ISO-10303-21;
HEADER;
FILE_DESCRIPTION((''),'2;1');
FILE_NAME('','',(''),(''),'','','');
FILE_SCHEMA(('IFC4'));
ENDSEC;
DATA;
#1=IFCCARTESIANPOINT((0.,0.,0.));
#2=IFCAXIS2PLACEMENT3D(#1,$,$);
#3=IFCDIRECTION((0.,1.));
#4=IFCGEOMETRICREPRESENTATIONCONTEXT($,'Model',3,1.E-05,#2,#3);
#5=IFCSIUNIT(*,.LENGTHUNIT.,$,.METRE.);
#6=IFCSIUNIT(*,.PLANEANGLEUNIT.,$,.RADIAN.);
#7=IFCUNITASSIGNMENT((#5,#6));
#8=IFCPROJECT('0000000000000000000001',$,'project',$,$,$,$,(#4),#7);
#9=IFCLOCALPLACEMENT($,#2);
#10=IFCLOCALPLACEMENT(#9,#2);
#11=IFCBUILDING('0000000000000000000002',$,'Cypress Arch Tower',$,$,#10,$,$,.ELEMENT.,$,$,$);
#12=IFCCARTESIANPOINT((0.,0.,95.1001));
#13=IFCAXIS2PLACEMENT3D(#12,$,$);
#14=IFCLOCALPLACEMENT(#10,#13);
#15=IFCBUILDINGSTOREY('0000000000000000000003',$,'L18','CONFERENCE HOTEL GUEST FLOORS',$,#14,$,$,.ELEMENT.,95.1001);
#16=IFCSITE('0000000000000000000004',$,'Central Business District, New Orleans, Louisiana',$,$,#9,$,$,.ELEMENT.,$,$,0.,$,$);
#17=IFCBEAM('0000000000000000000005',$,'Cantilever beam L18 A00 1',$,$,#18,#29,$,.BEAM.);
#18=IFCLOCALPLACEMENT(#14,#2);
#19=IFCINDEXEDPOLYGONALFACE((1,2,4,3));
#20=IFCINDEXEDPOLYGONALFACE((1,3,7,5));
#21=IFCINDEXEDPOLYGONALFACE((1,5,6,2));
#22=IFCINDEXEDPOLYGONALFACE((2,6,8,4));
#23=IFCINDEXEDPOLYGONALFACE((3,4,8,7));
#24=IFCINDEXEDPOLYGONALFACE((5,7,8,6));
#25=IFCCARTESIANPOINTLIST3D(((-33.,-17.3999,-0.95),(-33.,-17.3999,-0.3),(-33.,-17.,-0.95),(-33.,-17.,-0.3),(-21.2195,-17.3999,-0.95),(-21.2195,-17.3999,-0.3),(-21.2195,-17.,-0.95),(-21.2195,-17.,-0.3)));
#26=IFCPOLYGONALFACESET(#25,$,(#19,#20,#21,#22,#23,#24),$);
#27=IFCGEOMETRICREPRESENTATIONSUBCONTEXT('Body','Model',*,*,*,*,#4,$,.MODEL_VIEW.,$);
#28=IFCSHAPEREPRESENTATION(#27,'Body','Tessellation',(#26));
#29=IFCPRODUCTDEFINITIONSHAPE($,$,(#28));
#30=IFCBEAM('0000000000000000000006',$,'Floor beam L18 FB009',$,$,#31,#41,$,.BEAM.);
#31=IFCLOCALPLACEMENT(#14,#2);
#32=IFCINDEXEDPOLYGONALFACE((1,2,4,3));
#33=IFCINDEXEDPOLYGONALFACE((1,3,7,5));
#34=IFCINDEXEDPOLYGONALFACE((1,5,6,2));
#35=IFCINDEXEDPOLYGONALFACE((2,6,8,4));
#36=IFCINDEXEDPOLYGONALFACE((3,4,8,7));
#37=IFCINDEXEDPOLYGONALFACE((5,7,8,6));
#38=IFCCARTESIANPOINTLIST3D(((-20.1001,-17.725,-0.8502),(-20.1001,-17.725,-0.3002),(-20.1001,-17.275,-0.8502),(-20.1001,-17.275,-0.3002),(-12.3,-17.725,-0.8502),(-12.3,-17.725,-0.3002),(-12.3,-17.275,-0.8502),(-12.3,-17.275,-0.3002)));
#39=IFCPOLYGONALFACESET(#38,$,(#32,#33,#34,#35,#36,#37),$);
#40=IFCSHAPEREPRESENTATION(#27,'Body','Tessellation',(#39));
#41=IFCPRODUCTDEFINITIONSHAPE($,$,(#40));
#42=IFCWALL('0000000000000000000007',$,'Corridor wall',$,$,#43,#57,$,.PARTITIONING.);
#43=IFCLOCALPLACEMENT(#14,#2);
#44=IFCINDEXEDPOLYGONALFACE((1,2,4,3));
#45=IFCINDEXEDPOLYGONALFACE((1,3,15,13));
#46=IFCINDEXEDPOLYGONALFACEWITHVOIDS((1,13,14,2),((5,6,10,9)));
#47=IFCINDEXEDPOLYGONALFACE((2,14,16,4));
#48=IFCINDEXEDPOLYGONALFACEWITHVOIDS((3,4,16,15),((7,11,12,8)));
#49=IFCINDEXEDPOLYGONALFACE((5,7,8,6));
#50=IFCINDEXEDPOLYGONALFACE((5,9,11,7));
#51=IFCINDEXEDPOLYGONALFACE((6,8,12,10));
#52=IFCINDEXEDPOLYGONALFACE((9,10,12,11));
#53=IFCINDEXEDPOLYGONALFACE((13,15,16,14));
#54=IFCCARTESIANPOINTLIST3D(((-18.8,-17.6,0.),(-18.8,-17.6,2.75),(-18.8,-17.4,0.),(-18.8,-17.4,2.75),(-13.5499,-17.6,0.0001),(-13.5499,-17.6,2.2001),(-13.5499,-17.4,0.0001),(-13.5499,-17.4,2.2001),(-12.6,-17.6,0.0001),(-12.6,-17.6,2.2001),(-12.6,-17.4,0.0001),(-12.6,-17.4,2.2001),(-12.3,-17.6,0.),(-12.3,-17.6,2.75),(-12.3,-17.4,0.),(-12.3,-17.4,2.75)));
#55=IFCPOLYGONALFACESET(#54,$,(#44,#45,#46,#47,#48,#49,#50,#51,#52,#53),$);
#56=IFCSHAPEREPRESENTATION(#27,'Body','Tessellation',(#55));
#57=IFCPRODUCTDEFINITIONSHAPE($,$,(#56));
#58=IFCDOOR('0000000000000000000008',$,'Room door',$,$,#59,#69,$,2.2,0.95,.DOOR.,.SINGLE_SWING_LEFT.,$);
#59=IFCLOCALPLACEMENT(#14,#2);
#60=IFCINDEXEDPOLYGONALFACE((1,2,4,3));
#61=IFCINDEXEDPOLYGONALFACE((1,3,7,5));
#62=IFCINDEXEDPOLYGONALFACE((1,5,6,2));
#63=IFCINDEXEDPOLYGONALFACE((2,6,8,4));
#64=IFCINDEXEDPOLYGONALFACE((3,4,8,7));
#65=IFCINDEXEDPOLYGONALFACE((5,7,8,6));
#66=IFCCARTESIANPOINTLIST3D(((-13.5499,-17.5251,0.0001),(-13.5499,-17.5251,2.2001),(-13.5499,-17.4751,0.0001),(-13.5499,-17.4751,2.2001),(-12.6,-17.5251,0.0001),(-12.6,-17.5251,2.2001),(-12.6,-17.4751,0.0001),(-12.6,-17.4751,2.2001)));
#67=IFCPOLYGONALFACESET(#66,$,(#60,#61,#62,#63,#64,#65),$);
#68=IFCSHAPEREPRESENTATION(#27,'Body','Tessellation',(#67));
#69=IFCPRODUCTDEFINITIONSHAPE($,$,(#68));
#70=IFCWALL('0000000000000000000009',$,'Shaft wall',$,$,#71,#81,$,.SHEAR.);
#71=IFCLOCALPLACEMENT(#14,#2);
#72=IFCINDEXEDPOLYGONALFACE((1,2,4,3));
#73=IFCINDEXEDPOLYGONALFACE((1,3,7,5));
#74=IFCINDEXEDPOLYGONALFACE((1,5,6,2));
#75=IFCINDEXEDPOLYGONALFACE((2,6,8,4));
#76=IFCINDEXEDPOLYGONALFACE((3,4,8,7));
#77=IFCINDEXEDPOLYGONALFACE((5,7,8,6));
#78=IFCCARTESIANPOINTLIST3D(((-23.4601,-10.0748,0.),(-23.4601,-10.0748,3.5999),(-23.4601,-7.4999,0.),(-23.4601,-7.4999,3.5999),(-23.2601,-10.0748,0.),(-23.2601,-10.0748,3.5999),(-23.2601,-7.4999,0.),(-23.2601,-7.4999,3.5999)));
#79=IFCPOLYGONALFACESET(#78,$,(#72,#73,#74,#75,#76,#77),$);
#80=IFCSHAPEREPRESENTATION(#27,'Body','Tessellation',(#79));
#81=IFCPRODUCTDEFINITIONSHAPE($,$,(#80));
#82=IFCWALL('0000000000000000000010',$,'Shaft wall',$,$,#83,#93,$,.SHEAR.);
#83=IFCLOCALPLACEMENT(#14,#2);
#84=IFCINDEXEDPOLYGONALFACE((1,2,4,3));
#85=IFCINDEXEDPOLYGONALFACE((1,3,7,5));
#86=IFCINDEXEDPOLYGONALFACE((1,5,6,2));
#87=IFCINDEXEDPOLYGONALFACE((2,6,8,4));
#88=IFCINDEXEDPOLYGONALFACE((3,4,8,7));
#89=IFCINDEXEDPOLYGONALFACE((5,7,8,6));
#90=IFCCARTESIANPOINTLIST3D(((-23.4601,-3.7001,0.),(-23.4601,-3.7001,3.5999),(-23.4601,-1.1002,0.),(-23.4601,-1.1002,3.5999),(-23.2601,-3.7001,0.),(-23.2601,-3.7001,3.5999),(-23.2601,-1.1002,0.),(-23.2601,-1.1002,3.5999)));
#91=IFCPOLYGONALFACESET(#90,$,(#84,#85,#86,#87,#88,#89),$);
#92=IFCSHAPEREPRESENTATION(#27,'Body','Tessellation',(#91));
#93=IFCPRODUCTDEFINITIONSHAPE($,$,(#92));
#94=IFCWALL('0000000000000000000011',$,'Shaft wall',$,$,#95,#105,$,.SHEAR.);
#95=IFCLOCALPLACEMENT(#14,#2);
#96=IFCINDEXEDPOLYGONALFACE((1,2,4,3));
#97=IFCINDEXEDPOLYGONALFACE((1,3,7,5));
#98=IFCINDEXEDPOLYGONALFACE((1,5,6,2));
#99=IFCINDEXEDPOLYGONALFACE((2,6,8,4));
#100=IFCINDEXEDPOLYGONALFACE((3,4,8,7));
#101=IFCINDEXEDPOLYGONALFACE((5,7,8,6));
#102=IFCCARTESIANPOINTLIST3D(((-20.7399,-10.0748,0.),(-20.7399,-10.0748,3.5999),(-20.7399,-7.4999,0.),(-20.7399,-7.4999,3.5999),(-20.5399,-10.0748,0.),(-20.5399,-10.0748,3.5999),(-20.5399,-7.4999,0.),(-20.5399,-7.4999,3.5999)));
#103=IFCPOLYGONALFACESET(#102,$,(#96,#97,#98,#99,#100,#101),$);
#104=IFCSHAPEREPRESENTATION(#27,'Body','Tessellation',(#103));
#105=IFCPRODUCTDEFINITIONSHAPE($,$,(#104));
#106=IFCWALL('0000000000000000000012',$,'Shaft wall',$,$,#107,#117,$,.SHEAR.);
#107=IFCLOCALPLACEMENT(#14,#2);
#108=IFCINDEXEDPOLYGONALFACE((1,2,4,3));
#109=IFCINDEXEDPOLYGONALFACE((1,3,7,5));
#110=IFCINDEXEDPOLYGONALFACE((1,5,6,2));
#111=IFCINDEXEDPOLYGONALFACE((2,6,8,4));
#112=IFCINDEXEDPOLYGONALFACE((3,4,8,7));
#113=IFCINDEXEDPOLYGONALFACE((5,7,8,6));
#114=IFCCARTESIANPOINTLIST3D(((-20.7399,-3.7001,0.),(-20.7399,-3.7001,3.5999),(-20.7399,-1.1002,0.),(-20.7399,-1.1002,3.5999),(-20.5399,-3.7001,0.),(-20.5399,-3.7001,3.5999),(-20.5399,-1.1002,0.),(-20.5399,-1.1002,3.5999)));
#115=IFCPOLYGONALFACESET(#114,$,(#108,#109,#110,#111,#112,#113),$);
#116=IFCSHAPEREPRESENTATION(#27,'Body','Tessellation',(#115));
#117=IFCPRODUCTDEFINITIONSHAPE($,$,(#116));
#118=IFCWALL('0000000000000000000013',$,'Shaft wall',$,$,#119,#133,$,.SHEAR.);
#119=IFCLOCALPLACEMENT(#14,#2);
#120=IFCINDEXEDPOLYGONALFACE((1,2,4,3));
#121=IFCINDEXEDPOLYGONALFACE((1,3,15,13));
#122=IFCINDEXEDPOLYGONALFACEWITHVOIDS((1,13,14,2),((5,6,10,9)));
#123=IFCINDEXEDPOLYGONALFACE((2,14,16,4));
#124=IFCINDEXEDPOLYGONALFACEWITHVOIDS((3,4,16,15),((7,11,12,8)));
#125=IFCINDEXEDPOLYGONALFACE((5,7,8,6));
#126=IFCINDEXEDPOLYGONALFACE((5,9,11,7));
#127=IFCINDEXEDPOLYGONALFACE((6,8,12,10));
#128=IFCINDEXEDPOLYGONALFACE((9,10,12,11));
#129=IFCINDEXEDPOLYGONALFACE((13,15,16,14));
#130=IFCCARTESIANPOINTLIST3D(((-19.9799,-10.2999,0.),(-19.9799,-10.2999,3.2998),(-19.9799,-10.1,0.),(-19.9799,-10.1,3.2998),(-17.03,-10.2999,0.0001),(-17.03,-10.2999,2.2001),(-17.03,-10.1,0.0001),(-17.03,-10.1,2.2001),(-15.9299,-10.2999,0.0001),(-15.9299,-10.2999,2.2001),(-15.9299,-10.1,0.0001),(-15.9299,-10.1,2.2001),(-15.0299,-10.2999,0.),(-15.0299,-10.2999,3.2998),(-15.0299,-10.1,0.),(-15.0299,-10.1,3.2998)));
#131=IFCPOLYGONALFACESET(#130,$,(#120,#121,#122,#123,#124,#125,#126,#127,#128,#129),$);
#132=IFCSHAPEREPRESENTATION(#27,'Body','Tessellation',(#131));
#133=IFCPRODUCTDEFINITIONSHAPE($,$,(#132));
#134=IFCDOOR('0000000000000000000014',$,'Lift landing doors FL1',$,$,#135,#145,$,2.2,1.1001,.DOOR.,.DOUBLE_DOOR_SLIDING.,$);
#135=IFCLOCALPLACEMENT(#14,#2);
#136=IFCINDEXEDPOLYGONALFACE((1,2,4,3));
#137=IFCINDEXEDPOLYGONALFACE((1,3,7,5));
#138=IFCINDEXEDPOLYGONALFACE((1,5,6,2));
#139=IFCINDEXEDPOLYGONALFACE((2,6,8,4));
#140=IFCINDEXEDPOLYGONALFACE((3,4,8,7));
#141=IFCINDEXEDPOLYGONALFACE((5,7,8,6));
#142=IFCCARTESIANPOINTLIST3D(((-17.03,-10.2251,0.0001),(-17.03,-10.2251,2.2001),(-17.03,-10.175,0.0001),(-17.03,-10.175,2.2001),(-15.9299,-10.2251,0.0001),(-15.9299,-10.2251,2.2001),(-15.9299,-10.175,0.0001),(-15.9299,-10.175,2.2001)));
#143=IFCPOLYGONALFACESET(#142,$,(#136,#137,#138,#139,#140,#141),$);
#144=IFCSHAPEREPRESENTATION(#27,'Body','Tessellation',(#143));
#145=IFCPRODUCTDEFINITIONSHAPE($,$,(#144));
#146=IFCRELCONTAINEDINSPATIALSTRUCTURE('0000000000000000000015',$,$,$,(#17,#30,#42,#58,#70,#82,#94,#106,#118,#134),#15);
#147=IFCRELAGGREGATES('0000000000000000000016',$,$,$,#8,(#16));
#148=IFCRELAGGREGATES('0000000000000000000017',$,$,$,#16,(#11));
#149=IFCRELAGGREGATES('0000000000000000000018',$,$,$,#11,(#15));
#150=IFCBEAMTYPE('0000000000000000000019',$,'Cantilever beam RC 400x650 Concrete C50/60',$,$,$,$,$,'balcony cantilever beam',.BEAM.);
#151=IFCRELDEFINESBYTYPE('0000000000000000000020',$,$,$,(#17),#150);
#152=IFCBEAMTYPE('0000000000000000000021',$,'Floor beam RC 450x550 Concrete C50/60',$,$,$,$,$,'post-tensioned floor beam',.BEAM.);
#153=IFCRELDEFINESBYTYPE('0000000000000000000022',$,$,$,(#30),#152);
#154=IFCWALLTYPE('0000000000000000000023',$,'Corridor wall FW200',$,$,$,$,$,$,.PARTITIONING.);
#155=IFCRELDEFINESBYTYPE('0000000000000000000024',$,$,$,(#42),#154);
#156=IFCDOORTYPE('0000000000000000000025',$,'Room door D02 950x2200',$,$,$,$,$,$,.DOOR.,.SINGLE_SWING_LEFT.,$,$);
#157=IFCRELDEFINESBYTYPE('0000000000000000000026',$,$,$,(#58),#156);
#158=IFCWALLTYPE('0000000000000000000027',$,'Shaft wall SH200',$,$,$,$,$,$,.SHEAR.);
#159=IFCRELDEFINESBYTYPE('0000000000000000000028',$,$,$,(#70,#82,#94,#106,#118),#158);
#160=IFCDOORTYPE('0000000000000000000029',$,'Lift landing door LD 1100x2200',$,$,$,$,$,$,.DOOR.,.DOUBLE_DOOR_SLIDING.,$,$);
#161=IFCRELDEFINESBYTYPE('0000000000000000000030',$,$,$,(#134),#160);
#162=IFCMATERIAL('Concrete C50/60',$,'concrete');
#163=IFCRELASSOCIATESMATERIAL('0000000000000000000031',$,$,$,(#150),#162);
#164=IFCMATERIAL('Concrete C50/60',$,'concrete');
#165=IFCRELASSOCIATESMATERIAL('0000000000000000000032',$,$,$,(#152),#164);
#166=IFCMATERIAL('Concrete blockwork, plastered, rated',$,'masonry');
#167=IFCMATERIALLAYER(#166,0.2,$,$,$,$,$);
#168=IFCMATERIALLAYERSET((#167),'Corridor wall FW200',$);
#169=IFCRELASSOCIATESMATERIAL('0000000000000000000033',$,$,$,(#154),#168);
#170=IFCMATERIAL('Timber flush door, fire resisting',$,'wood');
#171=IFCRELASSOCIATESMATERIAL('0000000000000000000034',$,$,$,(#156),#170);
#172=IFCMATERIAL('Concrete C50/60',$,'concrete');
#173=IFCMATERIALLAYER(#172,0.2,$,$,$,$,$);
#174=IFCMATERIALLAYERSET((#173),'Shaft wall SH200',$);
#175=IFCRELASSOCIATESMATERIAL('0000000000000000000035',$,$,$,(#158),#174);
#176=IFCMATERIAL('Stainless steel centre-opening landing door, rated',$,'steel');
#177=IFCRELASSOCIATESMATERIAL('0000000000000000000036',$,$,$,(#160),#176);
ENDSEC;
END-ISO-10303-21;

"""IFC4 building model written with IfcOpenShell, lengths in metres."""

from ifc_helpers import new_model, si_unit, direction, frame, frame_2d, origin, origin_2d, place, context, subcontext, project, spatial, rectangle, extrude, material, layer, layer_set, material_profile, profile_set, type_object, element, fill, save


model = new_model("IFC4")

# Units and contexts
model_context = context("Model", 3, precision=1e-05, world=origin(), true_north=direction((0.0, 1.0)))
body_context = subcontext(model_context, "Body", "Model", "MODEL_VIEW")
ifc_project = project(units=[si_unit("LENGTHUNIT", "METRE"), si_unit("PLANEANGLEUNIT", "RADIAN")], contexts=[model_context])

# Site, building, storey
site_placement = place(None, origin())
site = spatial("IfcSite", under=ifc_project, at=site_placement, Name="Central Business District, New Orleans, Louisiana", CompositionType="ELEMENT", RefElevation=0.0)
building_placement = place(site_placement, origin())
building = spatial("IfcBuilding", under=site, at=building_placement, Name="Cypress Arch Tower", CompositionType="ELEMENT")
storey_placement = place(building_placement, frame((0.0, 0.0, 95.1001)))
storey = spatial("IfcBuildingStorey", under=building, at=storey_placement, Name="L18", Description="CONFERENCE HOTEL GUEST FLOORS", CompositionType="ELEMENT", Elevation=95.1001)

# Beams
ifc_material_1 = material(Name="Concrete C50/60", Category="concrete")
ifc_material_profile_1 = material_profile(ifc_material_1, rectangle(XDim=0.3999, YDim=0.6499, at=origin_2d()), Name="RC 400x650")
ifc_profile_set_1 = profile_set([ifc_material_profile_1], Name="Concrete C50/60")
beam_type_1 = type_object("IfcBeamType", Name="Cantilever beam RC 400x650 Concrete C50/60", ElementType="balcony cantilever beam", PredefinedType="BEAM", material=ifc_profile_set_1)
beam_1_placement = place(storey_placement, frame((-21.2195, -17.2, -0.625), z_axis=(-1.0, 0.0, 0.0), x_axis=(0.0, -1.0, 0.0)))
element("IfcBeam", 1, at=beam_1_placement, inside=storey, type_object=beam_type_1, Name="Cantilever beam L18 A00 1", PredefinedType="BEAM", context=body_context, shape_type="SweptSolid", body=[
    extrude(rectangle(XDim=0.3999, YDim=0.6499, at=origin_2d()), origin(), (0.0, 0.0, 1.0), 11.7805),
])
ifc_material_2 = material(Name="Concrete C50/60", Category="concrete")
ifc_material_profile_2 = material_profile(ifc_material_2, rectangle(XDim=0.45, YDim=0.55, at=origin_2d()), Name="RC 450x550")
ifc_profile_set_2 = profile_set([ifc_material_profile_2], Name="Concrete C50/60")
beam_type_2 = type_object("IfcBeamType", Name="Floor beam RC 450x550 Concrete C50/60", ElementType="post-tensioned floor beam", PredefinedType="BEAM", material=ifc_profile_set_2)
beam_2_placement = place(storey_placement, frame((-20.1001, -17.5, -0.5752), z_axis=(1.0, 0.0, 0.0), x_axis=(0.0, 1.0, 0.0)))
element("IfcBeam", 2, at=beam_2_placement, inside=storey, type_object=beam_type_2, Name="Floor beam L18 FB009", PredefinedType="BEAM", context=body_context, shape_type="SweptSolid", body=[
    extrude(rectangle(XDim=0.45, YDim=0.55, at=origin_2d()), origin(), (0.0, 0.0, 1.0), 7.8),
])

# Wall, opening, door
ifc_material_3 = material(Name="Concrete blockwork, plastered, rated", Category="masonry")
ifc_layer_1 = layer(ifc_material_3, 0.2)
ifc_layer_set_1 = layer_set([ifc_layer_1], Name="Corridor wall FW200")
wall_type_1 = type_object("IfcWallType", Name="Corridor wall FW200", PredefinedType="PARTITIONING", material=ifc_layer_set_1)
wall_1_placement = place(storey_placement, frame((-18.8, -17.5, 0.0), z_axis=(0.0, 0.0, 1.0), x_axis=(1.0, 0.0, 0.0)))
wall_1 = element("IfcWall", 3, at=wall_1_placement, inside=storey, type_object=wall_type_1, Name="Corridor wall", PredefinedType="PARTITIONING", context=body_context, shape_type="SweptSolid", body=[
    extrude(rectangle(XDim=6.5, YDim=0.2, at=frame_2d((3.25, 0.0))), origin(), (0.0, 0.0, 1.0), 2.75),
])
opening_1_placement = place(wall_1_placement, frame((5.25, 0.0, 0.0)))
opening_1 = element("IfcOpeningElement", 4, at=opening_1_placement, cuts=wall_1, PredefinedType="OPENING", context=body_context, shape_type="SweptSolid", body=[
    extrude(rectangle(XDim=0.95, YDim=2.2, at=frame_2d((0.4751, 1.1001))), frame((0.0, 0.1099, 0.0), z_axis=(0.0, -1.0, 0.0), x_axis=(1.0, 0.0, 0.0)), (0.0, 0.0, 1.0), 0.22),
])
ifc_material_4 = material(Name="Timber flush door, fire resisting", Category="wood")
door_type_1 = type_object("IfcDoorType", Name="Room door D02 950x2200", OperationType="SINGLE_SWING_LEFT", PredefinedType="DOOR", material=ifc_material_4)
door_1_placement = place(opening_1_placement, origin())
door_1 = element("IfcDoor", 5, at=door_1_placement, inside=storey, type_object=door_type_1, Name="Room door", OperationType="SINGLE_SWING_LEFT", OverallHeight=2.2, OverallWidth=0.95, PredefinedType="DOOR", context=body_context, shape_type="SweptSolid", body=[
    extrude(rectangle(XDim=0.95, YDim=2.2, at=frame_2d((0.4751, 1.1001))), frame((0.0, 0.0249, 0.0), z_axis=(0.0, -1.0, 0.0), x_axis=(1.0, 0.0, 0.0)), (0.0, 0.0, 1.0), 0.05),
])
fill(opening_1, door_1)

# Walls
ifc_material_5 = material(Name="Concrete C50/60", Category="concrete")
ifc_layer_2 = layer(ifc_material_5, 0.2)
ifc_layer_set_2 = layer_set([ifc_layer_2], Name="Shaft wall SH200")
wall_type_2 = type_object("IfcWallType", Name="Shaft wall SH200", PredefinedType="SHEAR", material=ifc_layer_set_2)
wall_2_placement = place(storey_placement, frame((-23.3601, -10.075, 0.0), z_axis=(0.0, 0.0, 1.0), x_axis=(0.0, 1.0, 0.0)))
element("IfcWall", 6, at=wall_2_placement, inside=storey, type_object=wall_type_2, Name="Shaft wall", PredefinedType="SHEAR", context=body_context, shape_type="SweptSolid", body=[
    extrude(rectangle(XDim=2.575, YDim=0.2, at=frame_2d((1.2876, 0.0))), origin(), (0.0, 0.0, 1.0), 3.5999),
])
wall_3_placement = place(storey_placement, frame((-23.3601, -3.7, 0.0), z_axis=(0.0, 0.0, 1.0), x_axis=(0.0, 1.0, 0.0)))
element("IfcWall", 7, at=wall_3_placement, inside=storey, type_object=wall_type_2, Name="Shaft wall", PredefinedType="SHEAR", context=body_context, shape_type="SweptSolid", body=[
    extrude(rectangle(XDim=2.5999, YDim=0.2, at=frame_2d((1.2998, 0.0))), origin(), (0.0, 0.0, 1.0), 3.5999),
])
wall_4_placement = place(storey_placement, frame((-20.6399, -10.075, 0.0), z_axis=(0.0, 0.0, 1.0), x_axis=(0.0, 1.0, 0.0)))
element("IfcWall", 8, at=wall_4_placement, inside=storey, type_object=wall_type_2, Name="Shaft wall", PredefinedType="SHEAR", context=body_context, shape_type="SweptSolid", body=[
    extrude(rectangle(XDim=2.575, YDim=0.2, at=frame_2d((1.2876, 0.0))), origin(), (0.0, 0.0, 1.0), 3.5999),
])
wall_5_placement = place(storey_placement, frame((-20.6399, -3.7, 0.0), z_axis=(0.0, 0.0, 1.0), x_axis=(0.0, 1.0, 0.0)))
element("IfcWall", 9, at=wall_5_placement, inside=storey, type_object=wall_type_2, Name="Shaft wall", PredefinedType="SHEAR", context=body_context, shape_type="SweptSolid", body=[
    extrude(rectangle(XDim=2.5999, YDim=0.2, at=frame_2d((1.2998, 0.0))), origin(), (0.0, 0.0, 1.0), 3.5999),
])

# Wall, opening, door
wall_6_placement = place(storey_placement, frame((-19.98, -10.2, 0.0), z_axis=(0.0, 0.0, 1.0), x_axis=(1.0, 0.0, 0.0)))
wall_6 = element("IfcWall", 10, at=wall_6_placement, inside=storey, type_object=wall_type_2, Name="Shaft wall", PredefinedType="SHEAR", context=body_context, shape_type="SweptSolid", body=[
    extrude(rectangle(XDim=4.95, YDim=0.2, at=frame_2d((2.4751, 0.0))), origin(), (0.0, 0.0, 1.0), 3.2998),
])
opening_2_placement = place(wall_6_placement, frame((2.95, 0.0, 0.0)))
opening_2 = element("IfcOpeningElement", 11, at=opening_2_placement, cuts=wall_6, PredefinedType="OPENING", context=body_context, shape_type="SweptSolid", body=[
    extrude(rectangle(XDim=1.1001, YDim=2.2, at=frame_2d((0.55, 1.1001))), frame((0.0, 0.1099, 0.0), z_axis=(0.0, -1.0, 0.0), x_axis=(1.0, 0.0, 0.0)), (0.0, 0.0, 1.0), 0.22),
])
ifc_material_6 = material(Name="Stainless steel centre-opening landing door, rated", Category="steel")
door_type_2 = type_object("IfcDoorType", Name="Lift landing door LD 1100x2200", OperationType="DOUBLE_DOOR_SLIDING", PredefinedType="DOOR", material=ifc_material_6)
door_2_placement = place(opening_2_placement, origin())
door_2 = element("IfcDoor", 12, at=door_2_placement, inside=storey, type_object=door_type_2, Name="Lift landing doors FL1", OperationType="DOUBLE_DOOR_SLIDING", OverallHeight=2.2, OverallWidth=1.1001, PredefinedType="DOOR", context=body_context, shape_type="SweptSolid", body=[
    extrude(rectangle(XDim=1.1001, YDim=2.2, at=frame_2d((0.55, 1.1001))), frame((0.0, 0.0249, 0.0), z_axis=(0.0, -1.0, 0.0), x_axis=(1.0, 0.0, 0.0)), (0.0, 0.0, 1.0), 0.05),
])
fill(opening_2, door_2)

save(model, "model.ifc")
